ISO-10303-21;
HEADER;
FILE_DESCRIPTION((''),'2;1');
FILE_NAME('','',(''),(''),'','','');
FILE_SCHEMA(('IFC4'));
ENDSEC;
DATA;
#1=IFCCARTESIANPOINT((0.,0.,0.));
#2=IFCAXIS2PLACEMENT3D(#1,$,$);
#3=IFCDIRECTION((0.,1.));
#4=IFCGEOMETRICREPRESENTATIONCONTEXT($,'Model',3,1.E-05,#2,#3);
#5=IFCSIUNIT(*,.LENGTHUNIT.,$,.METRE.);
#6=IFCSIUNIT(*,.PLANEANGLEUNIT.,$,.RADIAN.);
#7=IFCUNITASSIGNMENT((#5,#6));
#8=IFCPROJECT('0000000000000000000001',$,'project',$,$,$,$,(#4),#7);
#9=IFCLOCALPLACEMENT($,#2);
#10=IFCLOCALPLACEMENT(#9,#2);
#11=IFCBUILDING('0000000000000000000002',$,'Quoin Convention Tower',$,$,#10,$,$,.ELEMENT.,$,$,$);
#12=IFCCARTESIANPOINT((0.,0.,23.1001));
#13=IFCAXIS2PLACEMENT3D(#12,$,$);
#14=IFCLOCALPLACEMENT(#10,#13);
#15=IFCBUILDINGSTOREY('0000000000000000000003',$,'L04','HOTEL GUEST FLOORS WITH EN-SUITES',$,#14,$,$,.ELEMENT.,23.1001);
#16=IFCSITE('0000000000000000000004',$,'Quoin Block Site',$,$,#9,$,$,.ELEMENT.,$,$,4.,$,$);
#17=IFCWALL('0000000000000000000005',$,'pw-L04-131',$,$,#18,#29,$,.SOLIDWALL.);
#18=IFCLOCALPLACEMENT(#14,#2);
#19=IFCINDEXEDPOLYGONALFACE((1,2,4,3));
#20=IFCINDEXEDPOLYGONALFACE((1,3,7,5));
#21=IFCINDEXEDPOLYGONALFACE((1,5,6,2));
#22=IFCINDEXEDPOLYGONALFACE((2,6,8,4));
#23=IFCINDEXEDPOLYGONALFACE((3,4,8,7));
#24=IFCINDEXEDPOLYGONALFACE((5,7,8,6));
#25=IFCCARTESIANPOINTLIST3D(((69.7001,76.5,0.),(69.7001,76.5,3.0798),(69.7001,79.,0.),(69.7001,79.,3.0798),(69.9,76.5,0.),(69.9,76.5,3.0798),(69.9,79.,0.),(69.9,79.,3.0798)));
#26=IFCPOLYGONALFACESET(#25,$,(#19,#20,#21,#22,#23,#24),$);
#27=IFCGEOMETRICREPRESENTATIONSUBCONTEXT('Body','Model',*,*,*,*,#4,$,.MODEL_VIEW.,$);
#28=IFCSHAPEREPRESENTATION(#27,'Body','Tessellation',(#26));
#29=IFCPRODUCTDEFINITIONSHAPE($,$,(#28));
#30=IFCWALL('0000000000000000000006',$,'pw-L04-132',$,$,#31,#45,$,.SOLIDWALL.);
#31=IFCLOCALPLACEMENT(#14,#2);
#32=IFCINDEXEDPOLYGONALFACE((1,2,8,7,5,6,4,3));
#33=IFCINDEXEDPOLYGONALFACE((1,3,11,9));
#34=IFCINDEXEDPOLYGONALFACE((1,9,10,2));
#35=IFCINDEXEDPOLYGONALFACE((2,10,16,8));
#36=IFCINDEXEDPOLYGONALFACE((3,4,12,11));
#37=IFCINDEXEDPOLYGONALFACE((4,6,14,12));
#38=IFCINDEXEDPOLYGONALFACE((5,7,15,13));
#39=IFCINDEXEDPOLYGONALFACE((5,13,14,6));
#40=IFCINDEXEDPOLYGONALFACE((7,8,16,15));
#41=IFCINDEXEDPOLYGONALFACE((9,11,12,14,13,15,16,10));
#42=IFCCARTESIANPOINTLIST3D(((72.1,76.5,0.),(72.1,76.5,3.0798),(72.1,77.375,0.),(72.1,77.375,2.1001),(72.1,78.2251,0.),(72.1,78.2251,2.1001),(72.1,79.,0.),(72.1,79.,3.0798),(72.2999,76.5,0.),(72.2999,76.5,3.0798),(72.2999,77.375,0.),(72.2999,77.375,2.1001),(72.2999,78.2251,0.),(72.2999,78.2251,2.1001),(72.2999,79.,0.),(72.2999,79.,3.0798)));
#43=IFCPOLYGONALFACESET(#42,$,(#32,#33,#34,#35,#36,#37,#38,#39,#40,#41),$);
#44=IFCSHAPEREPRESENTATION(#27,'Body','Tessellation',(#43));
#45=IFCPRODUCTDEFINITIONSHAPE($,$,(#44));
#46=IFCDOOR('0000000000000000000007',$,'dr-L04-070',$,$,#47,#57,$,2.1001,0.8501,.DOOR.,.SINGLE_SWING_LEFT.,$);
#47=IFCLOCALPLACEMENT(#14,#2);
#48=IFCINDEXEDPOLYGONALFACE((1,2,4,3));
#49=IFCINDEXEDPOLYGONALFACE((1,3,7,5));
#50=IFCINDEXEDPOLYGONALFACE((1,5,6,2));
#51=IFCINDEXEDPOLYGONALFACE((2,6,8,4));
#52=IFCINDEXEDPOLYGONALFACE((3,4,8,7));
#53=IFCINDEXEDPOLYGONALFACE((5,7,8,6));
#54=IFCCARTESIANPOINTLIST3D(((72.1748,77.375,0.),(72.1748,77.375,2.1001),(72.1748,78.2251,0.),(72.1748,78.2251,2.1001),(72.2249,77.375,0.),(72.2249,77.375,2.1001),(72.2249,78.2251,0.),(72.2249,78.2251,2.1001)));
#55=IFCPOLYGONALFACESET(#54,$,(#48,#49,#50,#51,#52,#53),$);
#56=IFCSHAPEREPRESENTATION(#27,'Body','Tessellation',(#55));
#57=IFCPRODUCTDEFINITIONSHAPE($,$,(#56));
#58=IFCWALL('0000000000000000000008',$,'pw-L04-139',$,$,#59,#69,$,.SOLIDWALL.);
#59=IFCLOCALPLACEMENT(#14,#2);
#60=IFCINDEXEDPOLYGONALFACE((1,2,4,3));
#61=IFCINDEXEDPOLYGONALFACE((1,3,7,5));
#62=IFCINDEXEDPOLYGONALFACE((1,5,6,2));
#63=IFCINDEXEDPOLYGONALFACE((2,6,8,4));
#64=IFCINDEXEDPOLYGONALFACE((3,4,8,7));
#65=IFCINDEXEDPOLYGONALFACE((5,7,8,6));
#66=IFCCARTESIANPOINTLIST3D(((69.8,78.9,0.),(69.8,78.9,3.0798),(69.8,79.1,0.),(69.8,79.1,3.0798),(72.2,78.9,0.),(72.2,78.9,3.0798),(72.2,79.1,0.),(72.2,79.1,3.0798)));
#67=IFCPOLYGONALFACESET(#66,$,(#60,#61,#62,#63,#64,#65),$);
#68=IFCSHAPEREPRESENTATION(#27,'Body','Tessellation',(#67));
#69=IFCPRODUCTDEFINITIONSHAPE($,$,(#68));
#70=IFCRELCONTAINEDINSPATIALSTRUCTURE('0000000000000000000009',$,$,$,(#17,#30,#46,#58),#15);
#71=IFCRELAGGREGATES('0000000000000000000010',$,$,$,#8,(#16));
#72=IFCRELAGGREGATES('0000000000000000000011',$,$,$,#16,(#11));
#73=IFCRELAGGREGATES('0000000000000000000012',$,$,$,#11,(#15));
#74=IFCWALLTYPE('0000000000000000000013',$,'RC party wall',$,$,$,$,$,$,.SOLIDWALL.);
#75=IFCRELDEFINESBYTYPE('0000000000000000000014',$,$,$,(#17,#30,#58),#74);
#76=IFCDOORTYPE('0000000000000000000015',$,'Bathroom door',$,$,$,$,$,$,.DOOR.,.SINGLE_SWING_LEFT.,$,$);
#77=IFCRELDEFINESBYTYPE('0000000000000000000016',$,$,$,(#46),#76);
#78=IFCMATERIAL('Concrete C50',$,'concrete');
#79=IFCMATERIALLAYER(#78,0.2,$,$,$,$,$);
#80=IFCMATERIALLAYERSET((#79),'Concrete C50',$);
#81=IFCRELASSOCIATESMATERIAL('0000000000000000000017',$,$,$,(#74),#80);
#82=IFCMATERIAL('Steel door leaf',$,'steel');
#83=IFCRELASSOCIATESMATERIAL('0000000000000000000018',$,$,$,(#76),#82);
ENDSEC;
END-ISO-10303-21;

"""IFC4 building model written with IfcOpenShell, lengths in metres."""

from ifc_helpers import new_model, si_unit, direction, frame, frame_2d, origin, place, context, subcontext, project, spatial, rectangle, extrude, material, layer, layer_set, type_object, element, fill, save


model = new_model("IFC4")

# Units and contexts
model_context = context("Model", 3, precision=1e-05, world=origin(), true_north=direction((0.0, 1.0)))
body_context = subcontext(model_context, "Body", "Model", "MODEL_VIEW")
ifc_project = project(units=[si_unit("LENGTHUNIT", "METRE"), si_unit("PLANEANGLEUNIT", "RADIAN")], contexts=[model_context])

# Site, building, storey
site_placement = place(None, origin())
site = spatial("IfcSite", under=ifc_project, at=site_placement, Name="Quoin Block Site", CompositionType="ELEMENT", RefElevation=4.0)
building_placement = place(site_placement, origin())
building = spatial("IfcBuilding", under=site, at=building_placement, Name="Quoin Convention Tower", CompositionType="ELEMENT")
storey_placement = place(building_placement, frame((0.0, 0.0, 23.1001)))
storey = spatial("IfcBuildingStorey", under=building, at=storey_placement, Name="L04", Description="HOTEL GUEST FLOORS WITH EN-SUITES", CompositionType="ELEMENT", Elevation=23.1001)

# Shared definitions
ifc_material_1 = material(Name="Concrete C50", Category="concrete")
ifc_layer_1 = layer(ifc_material_1, 0.2)
ifc_layer_set_1 = layer_set([ifc_layer_1], Name="Concrete C50")
wall_type_1 = type_object("IfcWallType", Name="RC party wall", PredefinedType="SOLIDWALL", material=ifc_layer_set_1)
ifc_material_2 = material(Name="Steel door leaf", Category="steel")
door_type = type_object("IfcDoorType", Name="Bathroom door", OperationType="SINGLE_SWING_LEFT", PredefinedType="DOOR", material=ifc_material_2)

# Wall
wall_1_placement = place(storey_placement, frame((69.8, 76.5, 0.0), z_axis=(0.0, 0.0, 1.0), x_axis=(0.0, 1.0, 0.0)))
element("IfcWall", 1, at=wall_1_placement, inside=storey, type_object=wall_type_1, Name="pw-L04-131", PredefinedType="SOLIDWALL", context=body_context, shape_type="SweptSolid", body=[
    extrude(rectangle(XDim=2.5, YDim=0.2, at=frame_2d((1.25, 0.0))), origin(), (0.0, 0.0, 1.0), 3.0798),
])

# Wall, opening, door
wall_2_placement = place(storey_placement, frame((72.2, 76.5, 0.0), z_axis=(0.0, 0.0, 1.0), x_axis=(0.0, 1.0, 0.0)))
wall_2 = element("IfcWall", 2, at=wall_2_placement, inside=storey, type_object=wall_type_1, Name="pw-L04-132", PredefinedType="SOLIDWALL", context=body_context, shape_type="SweptSolid", body=[
    extrude(rectangle(XDim=2.5, YDim=0.2, at=frame_2d((1.25, 0.0))), origin(), (0.0, 0.0, 1.0), 3.0798),
])
opening_1_placement = place(wall_2_placement, frame((0.875, 0.0, 0.0)))
opening_1 = element("IfcOpeningElement", 3, at=opening_1_placement, cuts=wall_2, PredefinedType="OPENING", context=body_context, shape_type="SweptSolid", body=[
    extrude(rectangle(XDim=0.8501, YDim=2.1001, at=frame_2d((0.425, 1.05))), frame((0.0, 0.1099, 0.0), z_axis=(0.0, -1.0, 0.0), x_axis=(1.0, 0.0, 0.0)), (0.0, 0.0, 1.0), 0.22),
])
door_1_placement = place(opening_1_placement, frame((0.8501, 0.0, 0.0), z_axis=(0.0, 0.0, 1.0), x_axis=(-1.0, 0.0, 0.0)))
door_1 = element("IfcDoor", 4, at=door_1_placement, inside=storey, type_object=door_type, Name="dr-L04-070", OperationType="SINGLE_SWING_LEFT", OverallHeight=2.1001, OverallWidth=0.8501, PredefinedType="DOOR", context=body_context, shape_type="SweptSolid", body=[
    extrude(rectangle(XDim=0.8501, YDim=2.1001, at=frame_2d((0.425, 1.05))), frame((0.0, 0.0249, 0.0), z_axis=(0.0, -1.0, 0.0), x_axis=(1.0, 0.0, 0.0)), (0.0, 0.0, 1.0), 0.05),
])
fill(opening_1, door_1)

# Wall
wall_3_placement = place(storey_placement, frame((69.8, 79.0, 0.0), z_axis=(0.0, 0.0, 1.0), x_axis=(1.0, 0.0, 0.0)))
element("IfcWall", 5, at=wall_3_placement, inside=storey, type_object=wall_type_1, Name="pw-L04-139", PredefinedType="SOLIDWALL", context=body_context, shape_type="SweptSolid", body=[
    extrude(rectangle(XDim=2.3999, YDim=0.2, at=frame_2d((1.2, 0.0))), origin(), (0.0, 0.0, 1.0), 3.0798),
])

save(model, "model.ifc")
